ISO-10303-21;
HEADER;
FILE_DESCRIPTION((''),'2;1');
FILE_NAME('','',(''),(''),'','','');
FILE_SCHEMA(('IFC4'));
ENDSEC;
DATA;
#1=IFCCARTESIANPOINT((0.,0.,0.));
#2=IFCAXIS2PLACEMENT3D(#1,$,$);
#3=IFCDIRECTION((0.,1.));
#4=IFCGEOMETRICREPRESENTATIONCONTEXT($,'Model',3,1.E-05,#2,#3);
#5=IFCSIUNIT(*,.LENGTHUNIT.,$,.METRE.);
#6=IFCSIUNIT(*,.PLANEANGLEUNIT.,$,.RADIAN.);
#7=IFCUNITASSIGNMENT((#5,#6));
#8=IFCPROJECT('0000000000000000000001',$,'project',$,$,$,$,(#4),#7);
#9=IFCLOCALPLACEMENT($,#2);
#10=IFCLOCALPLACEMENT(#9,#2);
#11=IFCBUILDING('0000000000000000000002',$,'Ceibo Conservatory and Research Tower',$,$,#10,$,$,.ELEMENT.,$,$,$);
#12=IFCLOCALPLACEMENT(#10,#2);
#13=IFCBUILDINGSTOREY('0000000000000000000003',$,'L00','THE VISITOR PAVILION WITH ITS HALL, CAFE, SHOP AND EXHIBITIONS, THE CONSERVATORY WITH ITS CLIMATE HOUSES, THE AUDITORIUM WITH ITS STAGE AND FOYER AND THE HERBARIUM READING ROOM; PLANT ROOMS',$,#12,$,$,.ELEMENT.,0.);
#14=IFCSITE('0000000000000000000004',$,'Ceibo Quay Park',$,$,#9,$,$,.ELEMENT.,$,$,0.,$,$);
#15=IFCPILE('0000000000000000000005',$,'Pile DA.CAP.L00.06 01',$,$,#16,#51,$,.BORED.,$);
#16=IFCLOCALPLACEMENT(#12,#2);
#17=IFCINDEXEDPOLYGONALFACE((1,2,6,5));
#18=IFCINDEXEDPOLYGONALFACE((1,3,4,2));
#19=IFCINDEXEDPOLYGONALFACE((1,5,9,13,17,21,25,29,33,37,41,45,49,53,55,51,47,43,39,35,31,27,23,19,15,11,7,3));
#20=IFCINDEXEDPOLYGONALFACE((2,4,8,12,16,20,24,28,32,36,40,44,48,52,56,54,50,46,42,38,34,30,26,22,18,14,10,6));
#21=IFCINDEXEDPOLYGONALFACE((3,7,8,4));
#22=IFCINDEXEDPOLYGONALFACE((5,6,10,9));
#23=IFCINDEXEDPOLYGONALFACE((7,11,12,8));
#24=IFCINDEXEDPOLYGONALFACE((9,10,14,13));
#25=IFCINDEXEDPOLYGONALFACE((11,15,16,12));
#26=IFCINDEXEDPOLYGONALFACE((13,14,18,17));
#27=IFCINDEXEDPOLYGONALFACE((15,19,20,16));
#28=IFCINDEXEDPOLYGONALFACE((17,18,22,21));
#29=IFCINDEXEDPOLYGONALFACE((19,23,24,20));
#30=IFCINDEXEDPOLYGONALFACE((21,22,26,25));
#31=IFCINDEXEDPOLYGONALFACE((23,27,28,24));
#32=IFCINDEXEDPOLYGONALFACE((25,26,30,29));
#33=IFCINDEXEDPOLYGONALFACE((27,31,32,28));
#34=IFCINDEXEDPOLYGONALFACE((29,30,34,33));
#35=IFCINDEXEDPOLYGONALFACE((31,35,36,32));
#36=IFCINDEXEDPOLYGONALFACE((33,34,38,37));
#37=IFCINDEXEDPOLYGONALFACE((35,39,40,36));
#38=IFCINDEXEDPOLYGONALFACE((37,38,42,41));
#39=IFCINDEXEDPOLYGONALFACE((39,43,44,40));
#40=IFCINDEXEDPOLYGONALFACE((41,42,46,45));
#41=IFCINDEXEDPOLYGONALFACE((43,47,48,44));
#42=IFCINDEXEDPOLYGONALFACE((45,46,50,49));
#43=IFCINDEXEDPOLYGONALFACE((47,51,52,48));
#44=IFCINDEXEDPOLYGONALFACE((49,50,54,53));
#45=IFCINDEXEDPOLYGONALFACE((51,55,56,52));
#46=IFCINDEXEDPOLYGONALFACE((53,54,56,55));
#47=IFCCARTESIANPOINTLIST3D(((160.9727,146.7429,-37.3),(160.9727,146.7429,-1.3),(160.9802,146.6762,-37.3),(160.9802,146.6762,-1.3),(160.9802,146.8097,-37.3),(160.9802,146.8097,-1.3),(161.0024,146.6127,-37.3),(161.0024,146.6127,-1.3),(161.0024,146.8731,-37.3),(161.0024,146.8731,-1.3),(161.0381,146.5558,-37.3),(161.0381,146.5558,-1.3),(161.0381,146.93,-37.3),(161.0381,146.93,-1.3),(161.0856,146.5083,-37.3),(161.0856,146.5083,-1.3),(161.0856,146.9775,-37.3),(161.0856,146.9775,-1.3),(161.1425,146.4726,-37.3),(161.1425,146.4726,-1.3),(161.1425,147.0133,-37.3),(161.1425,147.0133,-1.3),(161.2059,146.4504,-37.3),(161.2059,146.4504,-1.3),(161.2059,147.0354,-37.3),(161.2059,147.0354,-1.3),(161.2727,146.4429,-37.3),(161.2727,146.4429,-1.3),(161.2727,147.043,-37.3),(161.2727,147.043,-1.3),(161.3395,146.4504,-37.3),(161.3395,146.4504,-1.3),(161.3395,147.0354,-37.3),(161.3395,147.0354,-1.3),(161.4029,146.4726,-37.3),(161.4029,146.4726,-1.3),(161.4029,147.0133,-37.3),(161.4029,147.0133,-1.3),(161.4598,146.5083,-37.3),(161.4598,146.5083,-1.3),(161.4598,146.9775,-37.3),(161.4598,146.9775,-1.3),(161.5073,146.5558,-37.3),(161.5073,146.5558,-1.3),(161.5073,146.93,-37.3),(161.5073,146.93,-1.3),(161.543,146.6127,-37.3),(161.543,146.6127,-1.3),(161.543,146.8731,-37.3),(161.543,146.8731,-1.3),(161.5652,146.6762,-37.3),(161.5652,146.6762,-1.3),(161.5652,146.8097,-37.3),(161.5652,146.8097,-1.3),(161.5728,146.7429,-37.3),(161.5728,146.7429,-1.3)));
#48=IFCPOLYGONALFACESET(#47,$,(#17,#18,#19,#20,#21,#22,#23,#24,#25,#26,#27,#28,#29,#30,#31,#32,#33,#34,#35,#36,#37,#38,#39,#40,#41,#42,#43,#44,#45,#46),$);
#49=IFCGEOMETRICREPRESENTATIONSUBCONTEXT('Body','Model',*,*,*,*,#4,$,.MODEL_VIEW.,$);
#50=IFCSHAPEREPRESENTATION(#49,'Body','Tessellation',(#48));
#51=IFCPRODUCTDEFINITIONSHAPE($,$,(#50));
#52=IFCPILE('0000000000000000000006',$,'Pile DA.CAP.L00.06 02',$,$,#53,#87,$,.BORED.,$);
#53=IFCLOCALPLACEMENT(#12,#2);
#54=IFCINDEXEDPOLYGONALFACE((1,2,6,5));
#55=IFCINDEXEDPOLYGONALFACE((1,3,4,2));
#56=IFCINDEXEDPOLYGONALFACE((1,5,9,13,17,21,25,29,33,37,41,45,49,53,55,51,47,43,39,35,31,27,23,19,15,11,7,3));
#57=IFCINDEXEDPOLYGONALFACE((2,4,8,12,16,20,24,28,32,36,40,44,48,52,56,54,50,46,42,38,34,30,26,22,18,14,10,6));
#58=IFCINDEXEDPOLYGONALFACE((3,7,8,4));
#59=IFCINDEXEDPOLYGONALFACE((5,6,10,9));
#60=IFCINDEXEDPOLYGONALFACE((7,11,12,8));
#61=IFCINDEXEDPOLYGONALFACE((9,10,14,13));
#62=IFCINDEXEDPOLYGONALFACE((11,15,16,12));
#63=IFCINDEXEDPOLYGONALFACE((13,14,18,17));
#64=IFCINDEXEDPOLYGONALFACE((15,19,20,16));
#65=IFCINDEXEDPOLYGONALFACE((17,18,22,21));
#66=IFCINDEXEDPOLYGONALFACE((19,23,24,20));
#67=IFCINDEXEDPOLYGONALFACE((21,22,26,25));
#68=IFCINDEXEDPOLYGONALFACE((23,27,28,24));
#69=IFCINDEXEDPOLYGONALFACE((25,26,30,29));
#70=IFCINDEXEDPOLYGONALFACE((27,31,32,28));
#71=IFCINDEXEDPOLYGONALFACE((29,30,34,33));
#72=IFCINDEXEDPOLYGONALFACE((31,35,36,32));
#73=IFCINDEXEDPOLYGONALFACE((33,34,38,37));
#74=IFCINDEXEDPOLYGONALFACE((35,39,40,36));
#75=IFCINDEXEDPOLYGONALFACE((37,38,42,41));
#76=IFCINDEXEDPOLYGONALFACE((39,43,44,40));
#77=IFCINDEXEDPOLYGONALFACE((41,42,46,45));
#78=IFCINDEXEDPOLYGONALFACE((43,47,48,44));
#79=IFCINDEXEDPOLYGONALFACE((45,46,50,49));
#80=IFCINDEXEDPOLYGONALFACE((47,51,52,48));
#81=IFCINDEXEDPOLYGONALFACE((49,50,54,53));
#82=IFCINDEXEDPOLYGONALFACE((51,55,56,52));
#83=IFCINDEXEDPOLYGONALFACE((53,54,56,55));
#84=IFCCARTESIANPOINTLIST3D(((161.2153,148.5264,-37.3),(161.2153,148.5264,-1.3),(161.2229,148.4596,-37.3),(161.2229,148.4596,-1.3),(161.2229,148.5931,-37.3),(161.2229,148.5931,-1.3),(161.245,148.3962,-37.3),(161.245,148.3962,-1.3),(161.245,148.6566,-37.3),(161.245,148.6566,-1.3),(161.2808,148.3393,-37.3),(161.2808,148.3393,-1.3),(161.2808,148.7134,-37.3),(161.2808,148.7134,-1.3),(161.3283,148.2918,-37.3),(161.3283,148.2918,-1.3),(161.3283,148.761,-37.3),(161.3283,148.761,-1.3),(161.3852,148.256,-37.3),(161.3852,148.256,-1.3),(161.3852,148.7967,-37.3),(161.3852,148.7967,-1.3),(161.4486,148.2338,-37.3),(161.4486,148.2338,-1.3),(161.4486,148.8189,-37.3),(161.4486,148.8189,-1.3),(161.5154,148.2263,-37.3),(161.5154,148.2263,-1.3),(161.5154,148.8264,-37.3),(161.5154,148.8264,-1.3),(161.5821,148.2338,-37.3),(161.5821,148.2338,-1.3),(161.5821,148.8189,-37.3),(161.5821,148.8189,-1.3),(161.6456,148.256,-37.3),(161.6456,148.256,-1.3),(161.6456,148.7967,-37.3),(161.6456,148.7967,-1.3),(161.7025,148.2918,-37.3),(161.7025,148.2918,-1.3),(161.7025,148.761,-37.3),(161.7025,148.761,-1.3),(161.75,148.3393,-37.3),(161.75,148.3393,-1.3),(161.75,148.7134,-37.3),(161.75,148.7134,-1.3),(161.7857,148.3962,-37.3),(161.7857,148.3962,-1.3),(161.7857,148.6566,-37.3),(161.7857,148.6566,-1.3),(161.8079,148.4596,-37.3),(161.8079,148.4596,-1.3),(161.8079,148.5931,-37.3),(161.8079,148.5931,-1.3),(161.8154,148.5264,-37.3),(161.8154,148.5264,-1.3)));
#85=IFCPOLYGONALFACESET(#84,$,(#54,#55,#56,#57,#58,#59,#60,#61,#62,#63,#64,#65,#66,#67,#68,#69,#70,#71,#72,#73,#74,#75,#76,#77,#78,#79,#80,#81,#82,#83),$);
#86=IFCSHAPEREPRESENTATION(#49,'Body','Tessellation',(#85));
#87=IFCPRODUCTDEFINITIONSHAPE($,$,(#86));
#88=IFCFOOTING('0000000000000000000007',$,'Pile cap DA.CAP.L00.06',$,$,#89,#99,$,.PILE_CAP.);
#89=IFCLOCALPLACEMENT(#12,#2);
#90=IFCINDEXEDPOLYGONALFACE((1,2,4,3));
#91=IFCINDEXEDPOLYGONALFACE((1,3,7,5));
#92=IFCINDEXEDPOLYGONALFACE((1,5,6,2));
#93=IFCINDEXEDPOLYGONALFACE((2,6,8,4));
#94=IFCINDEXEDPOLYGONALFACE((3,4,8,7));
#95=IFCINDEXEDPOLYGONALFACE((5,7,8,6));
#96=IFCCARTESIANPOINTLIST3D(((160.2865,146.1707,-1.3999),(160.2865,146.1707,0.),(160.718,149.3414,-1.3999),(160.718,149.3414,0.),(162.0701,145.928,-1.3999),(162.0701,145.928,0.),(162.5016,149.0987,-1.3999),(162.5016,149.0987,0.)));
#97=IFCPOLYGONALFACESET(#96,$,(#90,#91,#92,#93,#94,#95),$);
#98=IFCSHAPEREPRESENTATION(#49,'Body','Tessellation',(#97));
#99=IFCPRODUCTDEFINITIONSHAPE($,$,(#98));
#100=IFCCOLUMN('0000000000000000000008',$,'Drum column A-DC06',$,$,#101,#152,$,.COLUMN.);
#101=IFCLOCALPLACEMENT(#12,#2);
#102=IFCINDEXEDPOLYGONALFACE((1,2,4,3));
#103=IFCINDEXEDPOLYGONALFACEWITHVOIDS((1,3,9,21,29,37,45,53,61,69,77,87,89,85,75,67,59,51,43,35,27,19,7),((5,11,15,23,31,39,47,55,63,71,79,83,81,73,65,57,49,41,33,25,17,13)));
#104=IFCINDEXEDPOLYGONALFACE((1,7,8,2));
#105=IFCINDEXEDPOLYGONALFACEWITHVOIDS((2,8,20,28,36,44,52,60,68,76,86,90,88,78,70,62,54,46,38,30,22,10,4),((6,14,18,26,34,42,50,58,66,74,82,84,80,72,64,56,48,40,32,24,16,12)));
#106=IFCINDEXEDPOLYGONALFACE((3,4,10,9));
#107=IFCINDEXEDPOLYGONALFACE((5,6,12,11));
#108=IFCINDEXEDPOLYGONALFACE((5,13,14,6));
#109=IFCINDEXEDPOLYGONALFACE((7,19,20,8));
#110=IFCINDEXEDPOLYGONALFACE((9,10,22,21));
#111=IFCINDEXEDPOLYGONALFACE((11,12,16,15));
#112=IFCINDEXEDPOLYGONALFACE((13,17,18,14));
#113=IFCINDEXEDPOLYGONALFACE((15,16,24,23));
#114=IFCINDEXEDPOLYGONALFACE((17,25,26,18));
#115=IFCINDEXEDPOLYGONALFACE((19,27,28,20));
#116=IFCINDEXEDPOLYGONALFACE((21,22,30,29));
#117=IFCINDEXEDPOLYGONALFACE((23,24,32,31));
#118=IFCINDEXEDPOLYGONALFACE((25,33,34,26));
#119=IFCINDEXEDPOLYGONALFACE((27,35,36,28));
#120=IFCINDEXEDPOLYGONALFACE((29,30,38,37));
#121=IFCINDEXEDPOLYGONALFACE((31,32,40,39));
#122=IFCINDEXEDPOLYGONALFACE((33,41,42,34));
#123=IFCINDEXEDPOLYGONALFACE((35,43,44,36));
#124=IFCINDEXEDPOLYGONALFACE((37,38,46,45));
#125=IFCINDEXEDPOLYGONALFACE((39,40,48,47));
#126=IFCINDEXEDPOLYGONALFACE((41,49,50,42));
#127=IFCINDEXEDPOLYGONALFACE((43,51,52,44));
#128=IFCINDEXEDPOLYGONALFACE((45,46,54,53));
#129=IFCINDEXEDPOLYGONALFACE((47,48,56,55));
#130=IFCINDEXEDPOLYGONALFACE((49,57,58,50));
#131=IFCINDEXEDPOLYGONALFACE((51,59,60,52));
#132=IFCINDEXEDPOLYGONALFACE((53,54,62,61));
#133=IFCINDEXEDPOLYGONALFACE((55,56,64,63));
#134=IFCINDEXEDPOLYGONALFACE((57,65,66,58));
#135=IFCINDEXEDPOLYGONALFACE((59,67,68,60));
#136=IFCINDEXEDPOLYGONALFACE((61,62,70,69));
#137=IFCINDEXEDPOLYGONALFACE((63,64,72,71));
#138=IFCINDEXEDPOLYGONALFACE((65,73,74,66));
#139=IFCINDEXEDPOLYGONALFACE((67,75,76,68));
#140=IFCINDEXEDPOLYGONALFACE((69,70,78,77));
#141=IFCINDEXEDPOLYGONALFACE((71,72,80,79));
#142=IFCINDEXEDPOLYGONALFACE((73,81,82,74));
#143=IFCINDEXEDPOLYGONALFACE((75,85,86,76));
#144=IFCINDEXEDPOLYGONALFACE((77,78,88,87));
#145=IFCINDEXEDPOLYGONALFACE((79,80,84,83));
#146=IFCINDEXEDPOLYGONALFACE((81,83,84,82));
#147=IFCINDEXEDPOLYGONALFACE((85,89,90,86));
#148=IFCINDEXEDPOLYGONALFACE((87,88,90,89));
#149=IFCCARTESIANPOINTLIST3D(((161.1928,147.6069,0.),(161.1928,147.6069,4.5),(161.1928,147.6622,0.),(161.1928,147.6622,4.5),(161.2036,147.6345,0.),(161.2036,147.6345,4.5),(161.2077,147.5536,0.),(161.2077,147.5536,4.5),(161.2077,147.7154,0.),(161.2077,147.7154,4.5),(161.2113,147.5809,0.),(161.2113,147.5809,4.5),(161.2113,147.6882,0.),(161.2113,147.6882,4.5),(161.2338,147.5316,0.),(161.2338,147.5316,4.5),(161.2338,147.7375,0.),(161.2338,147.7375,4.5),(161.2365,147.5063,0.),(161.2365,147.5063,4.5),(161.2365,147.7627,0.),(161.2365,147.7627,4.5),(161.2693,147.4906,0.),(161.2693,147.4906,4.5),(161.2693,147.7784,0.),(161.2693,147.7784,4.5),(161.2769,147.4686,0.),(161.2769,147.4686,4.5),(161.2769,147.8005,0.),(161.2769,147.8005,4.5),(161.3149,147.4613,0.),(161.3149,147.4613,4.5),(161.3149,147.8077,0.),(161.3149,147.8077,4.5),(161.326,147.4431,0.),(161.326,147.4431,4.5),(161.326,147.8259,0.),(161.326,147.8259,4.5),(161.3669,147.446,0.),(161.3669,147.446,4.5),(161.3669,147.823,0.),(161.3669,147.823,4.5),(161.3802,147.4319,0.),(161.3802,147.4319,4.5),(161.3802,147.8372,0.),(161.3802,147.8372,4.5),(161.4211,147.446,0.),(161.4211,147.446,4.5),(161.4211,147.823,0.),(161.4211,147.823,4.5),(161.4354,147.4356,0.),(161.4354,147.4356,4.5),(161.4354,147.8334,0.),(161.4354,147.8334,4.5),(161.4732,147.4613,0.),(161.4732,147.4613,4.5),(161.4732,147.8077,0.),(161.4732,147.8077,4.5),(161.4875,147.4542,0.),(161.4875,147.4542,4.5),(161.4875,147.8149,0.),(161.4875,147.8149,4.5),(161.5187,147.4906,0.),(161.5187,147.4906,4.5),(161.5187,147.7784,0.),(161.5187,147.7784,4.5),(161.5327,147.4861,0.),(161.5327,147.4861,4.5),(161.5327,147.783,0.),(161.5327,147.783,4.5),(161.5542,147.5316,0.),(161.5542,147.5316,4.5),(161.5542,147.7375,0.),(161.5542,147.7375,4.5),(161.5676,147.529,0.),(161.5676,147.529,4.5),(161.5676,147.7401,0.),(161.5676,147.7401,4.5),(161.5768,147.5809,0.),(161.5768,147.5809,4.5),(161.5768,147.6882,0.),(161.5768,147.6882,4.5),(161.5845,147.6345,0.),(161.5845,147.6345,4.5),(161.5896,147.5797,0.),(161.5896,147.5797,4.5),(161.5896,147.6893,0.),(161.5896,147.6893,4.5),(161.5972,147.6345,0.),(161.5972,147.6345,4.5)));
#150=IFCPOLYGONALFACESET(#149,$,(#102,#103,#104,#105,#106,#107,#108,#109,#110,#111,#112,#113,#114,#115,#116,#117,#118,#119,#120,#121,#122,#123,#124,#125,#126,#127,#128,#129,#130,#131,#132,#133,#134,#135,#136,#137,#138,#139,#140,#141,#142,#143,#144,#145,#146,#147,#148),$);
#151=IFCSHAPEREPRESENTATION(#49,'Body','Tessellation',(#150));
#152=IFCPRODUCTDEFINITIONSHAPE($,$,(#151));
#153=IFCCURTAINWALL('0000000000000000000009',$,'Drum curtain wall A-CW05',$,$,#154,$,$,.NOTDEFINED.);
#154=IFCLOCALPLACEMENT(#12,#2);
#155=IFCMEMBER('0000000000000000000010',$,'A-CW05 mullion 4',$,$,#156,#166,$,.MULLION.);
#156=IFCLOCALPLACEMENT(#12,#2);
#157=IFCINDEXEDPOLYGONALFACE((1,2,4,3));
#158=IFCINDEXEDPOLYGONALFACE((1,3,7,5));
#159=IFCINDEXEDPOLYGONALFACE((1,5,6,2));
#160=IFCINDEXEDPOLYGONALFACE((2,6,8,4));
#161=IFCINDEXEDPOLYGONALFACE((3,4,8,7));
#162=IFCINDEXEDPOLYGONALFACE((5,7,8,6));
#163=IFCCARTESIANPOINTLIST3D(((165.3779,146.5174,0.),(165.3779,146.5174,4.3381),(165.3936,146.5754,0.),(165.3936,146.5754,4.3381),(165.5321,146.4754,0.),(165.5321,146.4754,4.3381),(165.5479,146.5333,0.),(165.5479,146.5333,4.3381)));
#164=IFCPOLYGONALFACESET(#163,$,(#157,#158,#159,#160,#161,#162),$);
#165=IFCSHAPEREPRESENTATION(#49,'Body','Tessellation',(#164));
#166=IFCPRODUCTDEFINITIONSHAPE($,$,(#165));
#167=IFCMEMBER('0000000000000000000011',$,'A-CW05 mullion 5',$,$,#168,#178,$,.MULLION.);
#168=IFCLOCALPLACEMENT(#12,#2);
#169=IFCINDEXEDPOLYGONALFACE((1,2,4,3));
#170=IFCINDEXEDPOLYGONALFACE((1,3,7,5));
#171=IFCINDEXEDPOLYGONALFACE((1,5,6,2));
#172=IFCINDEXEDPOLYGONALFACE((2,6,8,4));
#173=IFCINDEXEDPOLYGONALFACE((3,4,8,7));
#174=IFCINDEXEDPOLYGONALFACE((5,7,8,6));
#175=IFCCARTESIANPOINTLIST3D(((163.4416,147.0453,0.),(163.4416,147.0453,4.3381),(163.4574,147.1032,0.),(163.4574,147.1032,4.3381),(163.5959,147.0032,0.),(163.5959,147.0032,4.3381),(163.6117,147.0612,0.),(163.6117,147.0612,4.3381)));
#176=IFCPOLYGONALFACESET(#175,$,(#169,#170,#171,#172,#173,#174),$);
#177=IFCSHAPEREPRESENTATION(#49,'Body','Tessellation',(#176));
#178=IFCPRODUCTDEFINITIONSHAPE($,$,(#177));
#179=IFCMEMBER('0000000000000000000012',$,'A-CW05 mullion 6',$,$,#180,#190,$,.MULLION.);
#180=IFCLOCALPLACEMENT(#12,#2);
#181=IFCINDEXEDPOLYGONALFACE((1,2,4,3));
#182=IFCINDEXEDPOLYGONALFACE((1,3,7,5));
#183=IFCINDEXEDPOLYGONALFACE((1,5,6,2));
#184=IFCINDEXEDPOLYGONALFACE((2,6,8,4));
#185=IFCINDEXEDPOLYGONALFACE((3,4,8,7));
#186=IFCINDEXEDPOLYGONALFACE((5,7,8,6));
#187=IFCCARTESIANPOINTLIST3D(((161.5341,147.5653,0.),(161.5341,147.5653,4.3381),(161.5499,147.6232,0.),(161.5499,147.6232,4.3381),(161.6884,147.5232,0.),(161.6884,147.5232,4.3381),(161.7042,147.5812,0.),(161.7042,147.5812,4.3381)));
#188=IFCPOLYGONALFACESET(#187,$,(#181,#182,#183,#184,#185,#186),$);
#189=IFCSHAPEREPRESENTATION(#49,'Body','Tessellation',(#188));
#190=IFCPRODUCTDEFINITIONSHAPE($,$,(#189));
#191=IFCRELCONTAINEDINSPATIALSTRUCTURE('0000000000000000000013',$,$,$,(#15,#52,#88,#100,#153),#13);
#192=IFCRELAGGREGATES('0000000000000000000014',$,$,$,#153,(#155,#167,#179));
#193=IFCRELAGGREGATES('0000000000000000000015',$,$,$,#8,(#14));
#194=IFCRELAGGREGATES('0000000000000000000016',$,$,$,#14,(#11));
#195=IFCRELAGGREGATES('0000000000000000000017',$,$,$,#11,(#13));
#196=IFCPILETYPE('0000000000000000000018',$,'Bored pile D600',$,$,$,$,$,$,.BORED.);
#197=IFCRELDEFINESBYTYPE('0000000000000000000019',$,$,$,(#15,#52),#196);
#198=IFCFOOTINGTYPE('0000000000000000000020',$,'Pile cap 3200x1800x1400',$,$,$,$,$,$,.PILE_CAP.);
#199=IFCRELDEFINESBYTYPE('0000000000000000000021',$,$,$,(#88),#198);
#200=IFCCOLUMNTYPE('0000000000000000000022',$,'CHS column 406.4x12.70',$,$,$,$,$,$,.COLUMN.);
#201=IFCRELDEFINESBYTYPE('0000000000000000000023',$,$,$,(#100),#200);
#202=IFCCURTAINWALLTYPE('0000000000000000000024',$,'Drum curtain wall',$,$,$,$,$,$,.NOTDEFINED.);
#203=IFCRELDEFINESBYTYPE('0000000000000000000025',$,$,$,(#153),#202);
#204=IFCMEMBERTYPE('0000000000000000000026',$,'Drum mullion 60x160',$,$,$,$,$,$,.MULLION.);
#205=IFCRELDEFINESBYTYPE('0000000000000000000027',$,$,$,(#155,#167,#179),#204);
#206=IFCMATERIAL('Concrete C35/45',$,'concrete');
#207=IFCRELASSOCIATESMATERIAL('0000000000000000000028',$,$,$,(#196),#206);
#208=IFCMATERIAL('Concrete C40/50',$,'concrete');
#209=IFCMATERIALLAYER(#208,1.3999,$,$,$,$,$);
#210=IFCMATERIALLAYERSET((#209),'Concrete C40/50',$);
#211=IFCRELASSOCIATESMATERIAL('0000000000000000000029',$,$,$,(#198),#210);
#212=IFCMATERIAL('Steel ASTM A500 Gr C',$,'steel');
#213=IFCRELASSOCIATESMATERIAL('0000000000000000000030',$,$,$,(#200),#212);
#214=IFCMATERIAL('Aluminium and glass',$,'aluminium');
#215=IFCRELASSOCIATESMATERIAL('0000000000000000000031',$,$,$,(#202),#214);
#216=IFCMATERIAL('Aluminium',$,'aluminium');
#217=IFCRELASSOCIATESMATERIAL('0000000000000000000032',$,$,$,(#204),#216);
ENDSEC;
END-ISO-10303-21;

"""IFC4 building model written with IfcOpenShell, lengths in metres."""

from ifc_helpers import new_model, si_unit, direction, frame, origin, origin_2d, place, context, subcontext, project, spatial, polyline, rectangle, circle, hollow_circle, outline, extrude, material, layer, layer_set, material_profile, profile_set, type_object, element, aggregate, save


model = new_model("IFC4")

# Units and contexts
model_context = context("Model", 3, precision=1e-05, world=origin(), true_north=direction((0.0, 1.0)))
body_context = subcontext(model_context, "Body", "Model", "MODEL_VIEW")
ifc_project = project(units=[si_unit("LENGTHUNIT", "METRE"), si_unit("PLANEANGLEUNIT", "RADIAN")], contexts=[model_context])

# Site, building, storey
site_placement = place(None, origin())
site = spatial("IfcSite", under=ifc_project, at=site_placement, Name="Ceibo Quay Park", CompositionType="ELEMENT", RefElevation=0.0)
building_placement = place(site_placement, origin())
building = spatial("IfcBuilding", under=site, at=building_placement, Name="Ceibo Conservatory and Research Tower", CompositionType="ELEMENT")
storey_placement = place(building_placement, origin())
storey = spatial("IfcBuildingStorey", under=building, at=storey_placement, Name="L00", Description="THE VISITOR PAVILION WITH ITS HALL, CAFE, SHOP AND EXHIBITIONS, THE CONSERVATORY WITH ITS CLIMATE HOUSES, THE AUDITORIUM WITH ITS STAGE AND FOYER AND THE HERBARIUM READING ROOM; PLANT ROOMS", CompositionType="ELEMENT", Elevation=0.0)

# Piles
ifc_material_1 = material(Name="Concrete C35/45", Category="concrete")
ifc_material_profile_1 = material_profile(ifc_material_1, circle(Radius=0.3, at=origin_2d()), Name="RC D600")
ifc_profile_set_1 = profile_set([ifc_material_profile_1], Name="Concrete C35/45")
pile_type = type_object("IfcPileType", Name="Bored pile D600", PredefinedType="BORED", material=ifc_profile_set_1)
for number, where, z_axis, x_axis, name in (
    (1, (161.2727, 146.7429, -1.3), (0.0, 0.0, -1.0), (1.0, 0.0, 0.0), "Pile DA.CAP.L00.06 01"),
    (2, (161.5154, 148.5264, -1.3), (0.0, 0.0, -1.0), (1.0, 0.0, 0.0), "Pile DA.CAP.L00.06 02"),
):
    element("IfcPile", number, at=place(storey_placement, frame(where, z_axis=z_axis, x_axis=x_axis)), inside=storey, type_object=pile_type, Name=name, PredefinedType="BORED", context=body_context, shape_type="SweptSolid", body=[
        extrude(circle(Radius=0.3, at=origin_2d()), origin(), (0.0, 0.0, 1.0), 36.0),
    ])

# Footing
ifc_material_2 = material(Name="Concrete C40/50", Category="concrete")
ifc_layer_1 = layer(ifc_material_2, 1.3999)
ifc_layer_set_1 = layer_set([ifc_layer_1], Name="Concrete C40/50")
footing_type = type_object("IfcFootingType", Name="Pile cap 3200x1800x1400", PredefinedType="PILE_CAP", material=ifc_layer_set_1)
footing_placement = place(storey_placement, frame((162.0701, 145.928, -1.3999), z_axis=(0.0, 0.0, 1.0), x_axis=(0.134851, 0.990866, 0.0)))
element("IfcFooting", 3, at=footing_placement, inside=storey, type_object=footing_type, Name="Pile cap DA.CAP.L00.06", PredefinedType="PILE_CAP", context=body_context, shape_type="SweptSolid", body=[
    extrude(outline(polyline([(0.0, 0.0), (3.2, 0.0), (3.2, 1.8), (0.0, 1.8), (0.0, 0.0)])), origin(), (0.0, 0.0, 1.0), 1.3999),
])

# Column
ifc_material_3 = material(Name="Steel ASTM A500 Gr C", Category="steel")
ifc_material_profile_2 = material_profile(ifc_material_3, hollow_circle(Radius=0.2031, WallThickness=0.0127, at=origin_2d()), Name="CHS column 406.4x12.70")
ifc_profile_set_2 = profile_set([ifc_material_profile_2], Name="Steel ASTM A500 Gr C")
column_type = type_object("IfcColumnType", Name="CHS column 406.4x12.70", PredefinedType="COLUMN", material=ifc_profile_set_2)
column_placement = place(storey_placement, frame((161.394, 147.6345, 0.0), z_axis=(0.0, 0.0, 1.0), x_axis=(1.0, 0.0, 0.0)))
element("IfcColumn", 4, at=column_placement, inside=storey, type_object=column_type, Name="Drum column A-DC06", PredefinedType="COLUMN", context=body_context, shape_type="SweptSolid", body=[
    extrude(hollow_circle(Radius=0.2031, WallThickness=0.0127, at=origin_2d()), origin(), (0.0, 0.0, 1.0), 4.5),
])

# Curtain wall, members
ifc_material_4 = material(Name="Aluminium and glass", Category="aluminium")
curtain_wall_type = type_object("IfcCurtainWallType", Name="Drum curtain wall", PredefinedType="NOTDEFINED", material=ifc_material_4)
curtain_wall_1_placement = place(storey_placement, origin())
curtain_wall_1 = element("IfcCurtainWall", 5, at=curtain_wall_1_placement, inside=storey, type_object=curtain_wall_type, Name="Drum curtain wall A-CW05", PredefinedType="NOTDEFINED")
ifc_material_5 = material(Name="Aluminium", Category="aluminium")
ifc_material_profile_3 = material_profile(ifc_material_5, rectangle(XDim=0.0601, YDim=0.1599, at=origin_2d()), Name="AL 60x160")
ifc_profile_set_3 = profile_set([ifc_material_profile_3], Name="Aluminium")
member_type_1 = type_object("IfcMemberType", Name="Drum mullion 60x160", PredefinedType="MULLION", material=ifc_profile_set_3)
member_1_placement = place(storey_placement, frame((165.4629, 146.5254, 0.0), z_axis=(0.0, 0.0, 1.0), x_axis=(-0.263031, -0.964787, 0.0)))
member_1 = element("IfcMember", 6, at=member_1_placement, type_object=member_type_1, Name="A-CW05 mullion 4", PredefinedType="MULLION", context=body_context, shape_type="SweptSolid", body=[
    extrude(rectangle(XDim=0.0601, YDim=0.1599, at=origin_2d()), origin(), (0.0, 0.0, 1.0), 4.3381),
])
member_2_placement = place(storey_placement, frame((163.5266, 147.0532, 0.0), z_axis=(0.0, 0.0, 1.0), x_axis=(-0.263031, -0.964787, 0.0)))
member_2 = element("IfcMember", 7, at=member_2_placement, type_object=member_type_1, Name="A-CW05 mullion 5", PredefinedType="MULLION", context=body_context, shape_type="SweptSolid", body=[
    extrude(rectangle(XDim=0.0601, YDim=0.1599, at=origin_2d()), origin(), (0.0, 0.0, 1.0), 4.3381),
])
member_3_placement = place(storey_placement, frame((161.6191, 147.5732, 0.0), z_axis=(0.0, 0.0, 1.0), x_axis=(-0.263031, -0.964787, 0.0)))
member_3 = element("IfcMember", 8, at=member_3_placement, type_object=member_type_1, Name="A-CW05 mullion 6", PredefinedType="MULLION", context=body_context, shape_type="SweptSolid", body=[
    extrude(rectangle(XDim=0.0601, YDim=0.1599, at=origin_2d()), origin(), (0.0, 0.0, 1.0), 4.3381),
])

aggregate(curtain_wall_1, [member_1, member_2, member_3])

save(model, "model.ifc")
